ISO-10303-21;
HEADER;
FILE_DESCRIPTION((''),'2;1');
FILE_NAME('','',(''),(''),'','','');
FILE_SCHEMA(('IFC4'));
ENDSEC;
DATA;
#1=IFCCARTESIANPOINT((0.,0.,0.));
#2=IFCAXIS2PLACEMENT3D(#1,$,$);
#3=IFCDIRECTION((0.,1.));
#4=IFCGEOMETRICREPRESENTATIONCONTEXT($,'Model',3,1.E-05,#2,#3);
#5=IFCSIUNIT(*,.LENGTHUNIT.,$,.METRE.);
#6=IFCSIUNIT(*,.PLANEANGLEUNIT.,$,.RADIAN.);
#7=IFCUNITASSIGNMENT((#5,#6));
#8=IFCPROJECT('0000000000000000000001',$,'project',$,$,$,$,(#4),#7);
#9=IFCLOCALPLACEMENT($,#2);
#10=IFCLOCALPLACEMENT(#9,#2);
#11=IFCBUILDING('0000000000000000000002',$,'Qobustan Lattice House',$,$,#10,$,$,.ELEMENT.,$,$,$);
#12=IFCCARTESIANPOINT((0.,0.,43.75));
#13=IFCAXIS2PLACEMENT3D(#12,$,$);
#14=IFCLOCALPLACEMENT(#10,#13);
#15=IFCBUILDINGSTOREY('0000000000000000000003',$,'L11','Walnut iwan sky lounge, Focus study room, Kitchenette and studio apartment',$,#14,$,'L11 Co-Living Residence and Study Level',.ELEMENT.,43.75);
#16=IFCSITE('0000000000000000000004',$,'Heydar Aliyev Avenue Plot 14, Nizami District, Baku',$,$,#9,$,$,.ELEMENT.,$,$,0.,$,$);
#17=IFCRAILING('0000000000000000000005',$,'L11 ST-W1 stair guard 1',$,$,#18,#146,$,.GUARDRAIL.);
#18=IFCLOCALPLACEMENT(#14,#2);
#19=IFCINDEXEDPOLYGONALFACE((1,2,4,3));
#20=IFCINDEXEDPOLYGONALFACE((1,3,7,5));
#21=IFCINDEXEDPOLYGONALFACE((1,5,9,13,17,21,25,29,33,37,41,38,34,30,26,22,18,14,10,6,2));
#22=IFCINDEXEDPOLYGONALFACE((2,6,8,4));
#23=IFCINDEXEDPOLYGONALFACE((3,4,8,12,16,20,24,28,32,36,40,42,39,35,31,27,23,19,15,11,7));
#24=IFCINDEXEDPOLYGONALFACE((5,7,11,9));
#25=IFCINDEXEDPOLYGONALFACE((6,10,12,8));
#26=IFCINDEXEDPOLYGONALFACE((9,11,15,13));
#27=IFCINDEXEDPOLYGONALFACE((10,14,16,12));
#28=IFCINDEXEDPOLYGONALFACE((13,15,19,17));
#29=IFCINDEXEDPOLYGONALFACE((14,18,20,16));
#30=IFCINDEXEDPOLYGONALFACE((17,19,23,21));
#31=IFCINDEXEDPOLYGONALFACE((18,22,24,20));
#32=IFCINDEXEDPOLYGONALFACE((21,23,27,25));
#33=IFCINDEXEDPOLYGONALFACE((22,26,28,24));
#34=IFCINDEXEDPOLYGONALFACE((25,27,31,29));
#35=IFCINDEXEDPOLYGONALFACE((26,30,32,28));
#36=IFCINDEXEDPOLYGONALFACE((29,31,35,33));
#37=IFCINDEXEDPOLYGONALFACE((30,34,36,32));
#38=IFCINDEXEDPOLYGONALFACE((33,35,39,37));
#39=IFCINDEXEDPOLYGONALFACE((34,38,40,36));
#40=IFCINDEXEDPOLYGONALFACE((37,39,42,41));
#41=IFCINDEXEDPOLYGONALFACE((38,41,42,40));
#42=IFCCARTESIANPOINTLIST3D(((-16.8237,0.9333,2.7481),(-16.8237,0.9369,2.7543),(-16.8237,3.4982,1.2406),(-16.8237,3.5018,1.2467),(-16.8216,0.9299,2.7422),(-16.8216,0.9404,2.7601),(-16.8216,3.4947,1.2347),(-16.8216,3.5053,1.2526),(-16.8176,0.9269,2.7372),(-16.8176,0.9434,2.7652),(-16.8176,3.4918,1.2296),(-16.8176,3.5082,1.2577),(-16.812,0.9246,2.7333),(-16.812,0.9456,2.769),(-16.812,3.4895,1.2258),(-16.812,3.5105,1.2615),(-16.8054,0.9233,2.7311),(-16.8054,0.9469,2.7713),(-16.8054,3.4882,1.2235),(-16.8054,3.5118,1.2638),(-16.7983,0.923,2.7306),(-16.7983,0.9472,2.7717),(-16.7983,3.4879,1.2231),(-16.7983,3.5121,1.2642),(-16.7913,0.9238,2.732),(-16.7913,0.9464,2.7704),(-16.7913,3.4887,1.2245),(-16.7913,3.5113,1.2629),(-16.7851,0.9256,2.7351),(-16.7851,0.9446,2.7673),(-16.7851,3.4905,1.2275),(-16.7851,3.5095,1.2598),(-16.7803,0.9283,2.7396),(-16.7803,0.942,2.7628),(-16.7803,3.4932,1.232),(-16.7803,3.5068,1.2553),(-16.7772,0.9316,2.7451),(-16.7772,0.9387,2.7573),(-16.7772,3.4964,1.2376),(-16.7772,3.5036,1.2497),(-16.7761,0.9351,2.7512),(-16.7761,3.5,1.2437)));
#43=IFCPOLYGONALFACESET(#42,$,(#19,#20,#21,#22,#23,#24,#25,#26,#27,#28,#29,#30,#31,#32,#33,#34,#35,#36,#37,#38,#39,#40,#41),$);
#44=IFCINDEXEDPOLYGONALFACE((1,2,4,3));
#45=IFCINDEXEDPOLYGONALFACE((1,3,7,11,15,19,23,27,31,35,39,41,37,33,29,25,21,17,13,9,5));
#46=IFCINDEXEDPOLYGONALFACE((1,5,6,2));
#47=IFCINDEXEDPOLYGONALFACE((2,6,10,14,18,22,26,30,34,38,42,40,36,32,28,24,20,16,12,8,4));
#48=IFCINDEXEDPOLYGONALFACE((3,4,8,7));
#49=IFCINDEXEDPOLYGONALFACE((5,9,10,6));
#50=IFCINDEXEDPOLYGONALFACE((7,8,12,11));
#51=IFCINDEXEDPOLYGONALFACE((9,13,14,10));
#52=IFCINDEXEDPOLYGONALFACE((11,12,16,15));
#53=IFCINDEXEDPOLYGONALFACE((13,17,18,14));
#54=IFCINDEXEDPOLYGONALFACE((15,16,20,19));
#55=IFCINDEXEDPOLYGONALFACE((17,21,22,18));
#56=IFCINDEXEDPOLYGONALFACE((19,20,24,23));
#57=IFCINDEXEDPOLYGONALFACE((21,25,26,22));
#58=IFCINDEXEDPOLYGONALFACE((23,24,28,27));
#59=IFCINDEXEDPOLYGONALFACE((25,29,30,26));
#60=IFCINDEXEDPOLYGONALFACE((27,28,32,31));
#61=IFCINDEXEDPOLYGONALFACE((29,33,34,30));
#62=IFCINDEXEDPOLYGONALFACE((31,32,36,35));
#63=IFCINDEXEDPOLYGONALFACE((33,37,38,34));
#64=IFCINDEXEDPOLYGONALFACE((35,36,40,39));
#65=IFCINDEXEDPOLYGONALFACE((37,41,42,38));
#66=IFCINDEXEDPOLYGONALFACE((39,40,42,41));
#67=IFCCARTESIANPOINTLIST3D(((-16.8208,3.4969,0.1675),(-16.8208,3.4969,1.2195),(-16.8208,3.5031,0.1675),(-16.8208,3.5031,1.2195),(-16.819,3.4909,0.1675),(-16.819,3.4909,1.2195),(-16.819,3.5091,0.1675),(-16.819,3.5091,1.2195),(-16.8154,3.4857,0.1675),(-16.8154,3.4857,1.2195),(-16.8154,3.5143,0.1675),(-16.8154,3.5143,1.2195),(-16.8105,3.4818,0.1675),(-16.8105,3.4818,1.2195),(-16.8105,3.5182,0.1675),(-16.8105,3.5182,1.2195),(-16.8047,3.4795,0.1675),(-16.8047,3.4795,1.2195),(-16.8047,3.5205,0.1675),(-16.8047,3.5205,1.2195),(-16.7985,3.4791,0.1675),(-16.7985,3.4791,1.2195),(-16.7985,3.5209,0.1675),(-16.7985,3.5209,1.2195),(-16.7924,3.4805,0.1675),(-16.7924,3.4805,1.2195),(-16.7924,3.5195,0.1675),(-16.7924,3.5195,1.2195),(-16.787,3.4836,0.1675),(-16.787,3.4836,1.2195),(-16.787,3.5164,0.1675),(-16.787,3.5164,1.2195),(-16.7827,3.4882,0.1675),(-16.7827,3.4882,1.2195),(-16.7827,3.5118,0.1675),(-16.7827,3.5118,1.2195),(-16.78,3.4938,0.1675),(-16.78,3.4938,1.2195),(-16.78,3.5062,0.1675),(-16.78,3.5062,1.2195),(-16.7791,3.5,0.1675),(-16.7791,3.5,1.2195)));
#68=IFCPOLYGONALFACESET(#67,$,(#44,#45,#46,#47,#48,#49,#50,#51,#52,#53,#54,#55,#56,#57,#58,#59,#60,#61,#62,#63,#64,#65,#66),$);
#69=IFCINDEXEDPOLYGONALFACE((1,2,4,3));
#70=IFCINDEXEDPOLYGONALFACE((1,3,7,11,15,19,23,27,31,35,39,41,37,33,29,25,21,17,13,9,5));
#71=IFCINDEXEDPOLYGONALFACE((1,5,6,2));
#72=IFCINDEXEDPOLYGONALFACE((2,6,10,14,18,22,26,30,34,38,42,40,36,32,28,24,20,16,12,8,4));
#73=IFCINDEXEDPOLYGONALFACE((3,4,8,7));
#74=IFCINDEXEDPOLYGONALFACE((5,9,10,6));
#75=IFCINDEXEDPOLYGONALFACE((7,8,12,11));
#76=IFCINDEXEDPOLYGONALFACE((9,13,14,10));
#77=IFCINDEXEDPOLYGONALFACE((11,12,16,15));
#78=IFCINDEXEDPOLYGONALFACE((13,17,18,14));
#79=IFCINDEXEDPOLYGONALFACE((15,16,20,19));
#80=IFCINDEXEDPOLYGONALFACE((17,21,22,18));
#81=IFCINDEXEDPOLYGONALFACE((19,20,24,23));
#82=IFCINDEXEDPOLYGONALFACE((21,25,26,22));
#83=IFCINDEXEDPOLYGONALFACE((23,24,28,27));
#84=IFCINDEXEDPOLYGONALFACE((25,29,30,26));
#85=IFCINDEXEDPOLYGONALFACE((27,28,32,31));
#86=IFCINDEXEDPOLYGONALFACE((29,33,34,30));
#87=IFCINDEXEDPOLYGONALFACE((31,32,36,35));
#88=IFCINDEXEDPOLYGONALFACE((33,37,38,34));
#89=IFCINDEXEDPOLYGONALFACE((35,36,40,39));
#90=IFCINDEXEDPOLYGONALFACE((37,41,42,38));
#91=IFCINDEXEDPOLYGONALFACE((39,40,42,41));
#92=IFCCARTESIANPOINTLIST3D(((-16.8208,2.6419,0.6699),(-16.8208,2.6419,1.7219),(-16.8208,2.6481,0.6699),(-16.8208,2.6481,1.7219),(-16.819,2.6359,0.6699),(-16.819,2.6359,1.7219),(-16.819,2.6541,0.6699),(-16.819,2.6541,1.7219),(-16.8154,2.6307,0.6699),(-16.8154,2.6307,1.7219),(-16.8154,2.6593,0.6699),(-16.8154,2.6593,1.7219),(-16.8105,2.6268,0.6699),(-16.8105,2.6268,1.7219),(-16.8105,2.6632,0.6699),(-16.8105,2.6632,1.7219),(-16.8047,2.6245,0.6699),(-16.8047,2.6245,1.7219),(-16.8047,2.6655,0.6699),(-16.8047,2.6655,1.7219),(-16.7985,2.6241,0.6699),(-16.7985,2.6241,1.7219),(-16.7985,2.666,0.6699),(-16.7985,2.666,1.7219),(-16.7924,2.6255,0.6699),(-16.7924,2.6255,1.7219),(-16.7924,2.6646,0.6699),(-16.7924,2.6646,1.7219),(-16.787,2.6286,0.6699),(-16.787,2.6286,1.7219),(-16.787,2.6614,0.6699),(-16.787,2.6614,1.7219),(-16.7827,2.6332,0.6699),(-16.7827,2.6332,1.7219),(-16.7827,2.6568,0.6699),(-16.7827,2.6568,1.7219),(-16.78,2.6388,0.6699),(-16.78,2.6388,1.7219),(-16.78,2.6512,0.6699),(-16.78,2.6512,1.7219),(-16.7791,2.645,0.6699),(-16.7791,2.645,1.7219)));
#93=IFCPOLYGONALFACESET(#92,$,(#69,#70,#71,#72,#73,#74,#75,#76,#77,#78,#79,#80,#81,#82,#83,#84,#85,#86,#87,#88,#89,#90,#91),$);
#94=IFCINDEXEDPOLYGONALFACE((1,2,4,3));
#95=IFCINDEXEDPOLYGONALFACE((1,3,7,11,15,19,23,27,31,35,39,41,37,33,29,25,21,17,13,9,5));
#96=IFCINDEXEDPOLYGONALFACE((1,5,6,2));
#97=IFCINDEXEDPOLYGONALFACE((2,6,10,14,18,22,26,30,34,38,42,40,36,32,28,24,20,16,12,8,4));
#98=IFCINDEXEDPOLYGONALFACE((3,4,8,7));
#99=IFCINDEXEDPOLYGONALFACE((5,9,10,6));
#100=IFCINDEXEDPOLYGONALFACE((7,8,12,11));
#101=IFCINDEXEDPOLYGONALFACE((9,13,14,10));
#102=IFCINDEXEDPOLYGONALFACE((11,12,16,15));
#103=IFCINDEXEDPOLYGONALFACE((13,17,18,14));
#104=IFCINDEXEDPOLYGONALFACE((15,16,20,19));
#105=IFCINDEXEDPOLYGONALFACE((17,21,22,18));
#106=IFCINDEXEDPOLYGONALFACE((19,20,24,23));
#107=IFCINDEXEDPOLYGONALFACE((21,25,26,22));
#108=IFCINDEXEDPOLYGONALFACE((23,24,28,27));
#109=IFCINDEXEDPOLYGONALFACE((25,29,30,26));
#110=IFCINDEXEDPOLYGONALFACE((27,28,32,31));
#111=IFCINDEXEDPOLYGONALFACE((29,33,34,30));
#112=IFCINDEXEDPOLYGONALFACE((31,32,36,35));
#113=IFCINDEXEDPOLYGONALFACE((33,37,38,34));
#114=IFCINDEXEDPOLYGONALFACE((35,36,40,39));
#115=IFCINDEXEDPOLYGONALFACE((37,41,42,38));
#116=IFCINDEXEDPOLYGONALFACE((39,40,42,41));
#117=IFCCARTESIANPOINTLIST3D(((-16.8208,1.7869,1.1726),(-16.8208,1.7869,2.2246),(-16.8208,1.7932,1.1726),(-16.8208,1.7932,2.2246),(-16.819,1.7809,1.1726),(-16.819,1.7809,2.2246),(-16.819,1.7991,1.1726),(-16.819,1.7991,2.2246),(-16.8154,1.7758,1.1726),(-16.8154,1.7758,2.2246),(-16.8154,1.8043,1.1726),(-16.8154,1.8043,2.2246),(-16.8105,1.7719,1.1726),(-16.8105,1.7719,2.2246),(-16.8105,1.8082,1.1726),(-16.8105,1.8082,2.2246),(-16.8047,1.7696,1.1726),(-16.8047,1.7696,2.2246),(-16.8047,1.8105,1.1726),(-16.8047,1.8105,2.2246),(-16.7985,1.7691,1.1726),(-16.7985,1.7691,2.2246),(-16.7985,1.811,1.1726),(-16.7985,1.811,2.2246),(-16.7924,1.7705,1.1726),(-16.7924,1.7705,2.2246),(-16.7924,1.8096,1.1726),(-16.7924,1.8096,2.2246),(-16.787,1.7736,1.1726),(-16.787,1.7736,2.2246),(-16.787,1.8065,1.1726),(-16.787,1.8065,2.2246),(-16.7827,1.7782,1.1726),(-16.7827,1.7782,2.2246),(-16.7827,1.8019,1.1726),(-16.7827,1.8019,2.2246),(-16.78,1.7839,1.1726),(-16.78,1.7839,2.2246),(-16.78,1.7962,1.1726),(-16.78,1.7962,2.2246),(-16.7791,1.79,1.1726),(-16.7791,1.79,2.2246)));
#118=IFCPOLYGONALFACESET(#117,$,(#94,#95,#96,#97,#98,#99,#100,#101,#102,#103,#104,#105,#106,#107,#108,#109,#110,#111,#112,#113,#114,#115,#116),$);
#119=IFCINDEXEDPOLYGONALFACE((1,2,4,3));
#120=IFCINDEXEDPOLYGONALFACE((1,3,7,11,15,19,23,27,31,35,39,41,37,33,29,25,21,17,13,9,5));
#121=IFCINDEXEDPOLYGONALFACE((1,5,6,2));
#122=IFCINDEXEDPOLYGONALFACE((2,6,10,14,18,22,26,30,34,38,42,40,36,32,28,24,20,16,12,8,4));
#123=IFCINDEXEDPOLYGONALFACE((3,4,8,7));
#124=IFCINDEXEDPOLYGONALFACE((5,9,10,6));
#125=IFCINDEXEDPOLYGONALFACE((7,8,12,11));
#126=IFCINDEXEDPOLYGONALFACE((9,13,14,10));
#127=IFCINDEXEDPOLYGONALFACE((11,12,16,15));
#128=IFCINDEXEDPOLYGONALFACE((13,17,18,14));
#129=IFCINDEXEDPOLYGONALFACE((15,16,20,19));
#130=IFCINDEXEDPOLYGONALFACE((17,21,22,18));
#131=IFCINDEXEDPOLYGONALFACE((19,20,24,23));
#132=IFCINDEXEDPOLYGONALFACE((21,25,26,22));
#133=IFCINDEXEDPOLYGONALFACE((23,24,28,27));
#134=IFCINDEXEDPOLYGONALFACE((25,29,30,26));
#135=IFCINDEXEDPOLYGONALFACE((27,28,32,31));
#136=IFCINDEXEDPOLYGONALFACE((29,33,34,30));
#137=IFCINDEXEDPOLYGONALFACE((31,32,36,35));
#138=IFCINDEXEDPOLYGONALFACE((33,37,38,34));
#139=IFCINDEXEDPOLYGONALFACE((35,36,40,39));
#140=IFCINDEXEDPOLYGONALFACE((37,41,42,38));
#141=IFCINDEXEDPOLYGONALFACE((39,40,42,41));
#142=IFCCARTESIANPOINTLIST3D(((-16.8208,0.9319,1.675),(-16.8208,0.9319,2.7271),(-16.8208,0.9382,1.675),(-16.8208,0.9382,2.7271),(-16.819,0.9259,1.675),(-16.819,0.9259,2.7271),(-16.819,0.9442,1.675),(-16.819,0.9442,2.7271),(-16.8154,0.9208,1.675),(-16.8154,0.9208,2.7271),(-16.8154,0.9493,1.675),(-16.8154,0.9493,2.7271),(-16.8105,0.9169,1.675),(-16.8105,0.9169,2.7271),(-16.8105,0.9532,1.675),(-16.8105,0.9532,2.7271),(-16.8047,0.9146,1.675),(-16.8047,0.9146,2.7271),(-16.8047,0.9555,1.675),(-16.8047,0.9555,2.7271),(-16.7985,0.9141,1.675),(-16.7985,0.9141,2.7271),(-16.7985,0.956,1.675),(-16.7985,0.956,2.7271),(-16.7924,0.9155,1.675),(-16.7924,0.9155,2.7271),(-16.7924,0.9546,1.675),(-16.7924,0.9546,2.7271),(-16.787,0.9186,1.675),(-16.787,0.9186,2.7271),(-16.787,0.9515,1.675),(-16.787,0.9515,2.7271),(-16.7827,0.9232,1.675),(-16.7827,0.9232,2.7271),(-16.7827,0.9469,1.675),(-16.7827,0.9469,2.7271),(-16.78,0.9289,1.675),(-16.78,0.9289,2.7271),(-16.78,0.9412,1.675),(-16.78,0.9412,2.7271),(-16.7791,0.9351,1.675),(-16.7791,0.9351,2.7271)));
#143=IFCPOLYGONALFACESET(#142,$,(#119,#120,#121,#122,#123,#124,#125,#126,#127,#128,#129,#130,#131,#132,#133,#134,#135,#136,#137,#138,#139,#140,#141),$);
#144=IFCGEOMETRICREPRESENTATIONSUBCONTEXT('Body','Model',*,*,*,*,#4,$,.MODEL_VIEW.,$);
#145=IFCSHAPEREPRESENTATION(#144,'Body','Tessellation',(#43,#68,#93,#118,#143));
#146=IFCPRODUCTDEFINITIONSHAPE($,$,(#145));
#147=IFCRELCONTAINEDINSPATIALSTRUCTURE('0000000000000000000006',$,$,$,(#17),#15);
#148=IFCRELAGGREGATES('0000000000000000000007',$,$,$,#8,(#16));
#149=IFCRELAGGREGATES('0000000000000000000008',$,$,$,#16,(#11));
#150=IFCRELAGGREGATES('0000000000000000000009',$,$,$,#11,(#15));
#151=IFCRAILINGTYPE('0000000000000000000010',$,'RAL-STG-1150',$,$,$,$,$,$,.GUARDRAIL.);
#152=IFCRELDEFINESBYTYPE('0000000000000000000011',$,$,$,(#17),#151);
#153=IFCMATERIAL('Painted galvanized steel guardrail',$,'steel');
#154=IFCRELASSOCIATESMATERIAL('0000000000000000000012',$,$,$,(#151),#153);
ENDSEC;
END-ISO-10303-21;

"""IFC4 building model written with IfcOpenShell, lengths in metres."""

from ifc_helpers import new_model, si_unit, direction, frame, origin, origin_2d, place, context, subcontext, project, spatial, circle, extrude, material, type_object, element, save


model = new_model("IFC4")

# Units and contexts
model_context = context("Model", 3, precision=1e-05, world=origin(), true_north=direction((0.0, 1.0)))
body_context = subcontext(model_context, "Body", "Model", "MODEL_VIEW")
ifc_project = project(units=[si_unit("LENGTHUNIT", "METRE"), si_unit("PLANEANGLEUNIT", "RADIAN")], contexts=[model_context])

# Site, building, storey
site_placement = place(None, origin())
site = spatial("IfcSite", under=ifc_project, at=site_placement, Name="Heydar Aliyev Avenue Plot 14, Nizami District, Baku", CompositionType="ELEMENT", RefElevation=0.0)
building_placement = place(site_placement, origin())
building = spatial("IfcBuilding", under=site, at=building_placement, Name="Qobustan Lattice House", CompositionType="ELEMENT")
storey_placement = place(building_placement, frame((0.0, 0.0, 43.75)))
storey = spatial("IfcBuildingStorey", under=building, at=storey_placement, Name="L11", Description="Walnut iwan sky lounge, Focus study room, Kitchenette and studio apartment", LongName="L11 Co-Living Residence and Study Level", CompositionType="ELEMENT", Elevation=43.75)

# Railing
ifc_material_1 = material(Name="Painted galvanized steel guardrail", Category="steel")
railing_type_1 = type_object("IfcRailingType", Name="RAL-STG-1150", PredefinedType="GUARDRAIL", material=ifc_material_1)
railing_1_placement = place(storey_placement, frame((-16.8, 3.5, 0.1675)))
element("IfcRailing", 1, at=railing_1_placement, inside=storey, type_object=railing_type_1, Name="L11 ST-W1 stair guard 1", PredefinedType="GUARDRAIL", context=body_context, shape_type="SweptSolid", body=[
    extrude(circle(Radius=0.0239, at=origin_2d()), frame((0.0, 0.0, 1.0762), z_axis=(0.0, -0.862113, 0.506715), x_axis=(1.0, 0.0, 0.0)), (0.0, 0.0, 1.0), 2.9751),
    extrude(circle(Radius=0.021, at=origin_2d()), origin(), (0.0, 0.0, 1.0), 1.052),
    extrude(circle(Radius=0.021, at=origin_2d()), frame((0.0, -0.855, 0.5024)), (0.0, 0.0, 1.0), 1.052),
    extrude(circle(Radius=0.021, at=origin_2d()), frame((0.0, -1.71, 1.0051)), (0.0, 0.0, 1.0), 1.052),
    extrude(circle(Radius=0.021, at=origin_2d()), frame((0.0, -2.5649, 1.5076)), (0.0, 0.0, 1.0), 1.052),
])

save(model, "model.ifc")
